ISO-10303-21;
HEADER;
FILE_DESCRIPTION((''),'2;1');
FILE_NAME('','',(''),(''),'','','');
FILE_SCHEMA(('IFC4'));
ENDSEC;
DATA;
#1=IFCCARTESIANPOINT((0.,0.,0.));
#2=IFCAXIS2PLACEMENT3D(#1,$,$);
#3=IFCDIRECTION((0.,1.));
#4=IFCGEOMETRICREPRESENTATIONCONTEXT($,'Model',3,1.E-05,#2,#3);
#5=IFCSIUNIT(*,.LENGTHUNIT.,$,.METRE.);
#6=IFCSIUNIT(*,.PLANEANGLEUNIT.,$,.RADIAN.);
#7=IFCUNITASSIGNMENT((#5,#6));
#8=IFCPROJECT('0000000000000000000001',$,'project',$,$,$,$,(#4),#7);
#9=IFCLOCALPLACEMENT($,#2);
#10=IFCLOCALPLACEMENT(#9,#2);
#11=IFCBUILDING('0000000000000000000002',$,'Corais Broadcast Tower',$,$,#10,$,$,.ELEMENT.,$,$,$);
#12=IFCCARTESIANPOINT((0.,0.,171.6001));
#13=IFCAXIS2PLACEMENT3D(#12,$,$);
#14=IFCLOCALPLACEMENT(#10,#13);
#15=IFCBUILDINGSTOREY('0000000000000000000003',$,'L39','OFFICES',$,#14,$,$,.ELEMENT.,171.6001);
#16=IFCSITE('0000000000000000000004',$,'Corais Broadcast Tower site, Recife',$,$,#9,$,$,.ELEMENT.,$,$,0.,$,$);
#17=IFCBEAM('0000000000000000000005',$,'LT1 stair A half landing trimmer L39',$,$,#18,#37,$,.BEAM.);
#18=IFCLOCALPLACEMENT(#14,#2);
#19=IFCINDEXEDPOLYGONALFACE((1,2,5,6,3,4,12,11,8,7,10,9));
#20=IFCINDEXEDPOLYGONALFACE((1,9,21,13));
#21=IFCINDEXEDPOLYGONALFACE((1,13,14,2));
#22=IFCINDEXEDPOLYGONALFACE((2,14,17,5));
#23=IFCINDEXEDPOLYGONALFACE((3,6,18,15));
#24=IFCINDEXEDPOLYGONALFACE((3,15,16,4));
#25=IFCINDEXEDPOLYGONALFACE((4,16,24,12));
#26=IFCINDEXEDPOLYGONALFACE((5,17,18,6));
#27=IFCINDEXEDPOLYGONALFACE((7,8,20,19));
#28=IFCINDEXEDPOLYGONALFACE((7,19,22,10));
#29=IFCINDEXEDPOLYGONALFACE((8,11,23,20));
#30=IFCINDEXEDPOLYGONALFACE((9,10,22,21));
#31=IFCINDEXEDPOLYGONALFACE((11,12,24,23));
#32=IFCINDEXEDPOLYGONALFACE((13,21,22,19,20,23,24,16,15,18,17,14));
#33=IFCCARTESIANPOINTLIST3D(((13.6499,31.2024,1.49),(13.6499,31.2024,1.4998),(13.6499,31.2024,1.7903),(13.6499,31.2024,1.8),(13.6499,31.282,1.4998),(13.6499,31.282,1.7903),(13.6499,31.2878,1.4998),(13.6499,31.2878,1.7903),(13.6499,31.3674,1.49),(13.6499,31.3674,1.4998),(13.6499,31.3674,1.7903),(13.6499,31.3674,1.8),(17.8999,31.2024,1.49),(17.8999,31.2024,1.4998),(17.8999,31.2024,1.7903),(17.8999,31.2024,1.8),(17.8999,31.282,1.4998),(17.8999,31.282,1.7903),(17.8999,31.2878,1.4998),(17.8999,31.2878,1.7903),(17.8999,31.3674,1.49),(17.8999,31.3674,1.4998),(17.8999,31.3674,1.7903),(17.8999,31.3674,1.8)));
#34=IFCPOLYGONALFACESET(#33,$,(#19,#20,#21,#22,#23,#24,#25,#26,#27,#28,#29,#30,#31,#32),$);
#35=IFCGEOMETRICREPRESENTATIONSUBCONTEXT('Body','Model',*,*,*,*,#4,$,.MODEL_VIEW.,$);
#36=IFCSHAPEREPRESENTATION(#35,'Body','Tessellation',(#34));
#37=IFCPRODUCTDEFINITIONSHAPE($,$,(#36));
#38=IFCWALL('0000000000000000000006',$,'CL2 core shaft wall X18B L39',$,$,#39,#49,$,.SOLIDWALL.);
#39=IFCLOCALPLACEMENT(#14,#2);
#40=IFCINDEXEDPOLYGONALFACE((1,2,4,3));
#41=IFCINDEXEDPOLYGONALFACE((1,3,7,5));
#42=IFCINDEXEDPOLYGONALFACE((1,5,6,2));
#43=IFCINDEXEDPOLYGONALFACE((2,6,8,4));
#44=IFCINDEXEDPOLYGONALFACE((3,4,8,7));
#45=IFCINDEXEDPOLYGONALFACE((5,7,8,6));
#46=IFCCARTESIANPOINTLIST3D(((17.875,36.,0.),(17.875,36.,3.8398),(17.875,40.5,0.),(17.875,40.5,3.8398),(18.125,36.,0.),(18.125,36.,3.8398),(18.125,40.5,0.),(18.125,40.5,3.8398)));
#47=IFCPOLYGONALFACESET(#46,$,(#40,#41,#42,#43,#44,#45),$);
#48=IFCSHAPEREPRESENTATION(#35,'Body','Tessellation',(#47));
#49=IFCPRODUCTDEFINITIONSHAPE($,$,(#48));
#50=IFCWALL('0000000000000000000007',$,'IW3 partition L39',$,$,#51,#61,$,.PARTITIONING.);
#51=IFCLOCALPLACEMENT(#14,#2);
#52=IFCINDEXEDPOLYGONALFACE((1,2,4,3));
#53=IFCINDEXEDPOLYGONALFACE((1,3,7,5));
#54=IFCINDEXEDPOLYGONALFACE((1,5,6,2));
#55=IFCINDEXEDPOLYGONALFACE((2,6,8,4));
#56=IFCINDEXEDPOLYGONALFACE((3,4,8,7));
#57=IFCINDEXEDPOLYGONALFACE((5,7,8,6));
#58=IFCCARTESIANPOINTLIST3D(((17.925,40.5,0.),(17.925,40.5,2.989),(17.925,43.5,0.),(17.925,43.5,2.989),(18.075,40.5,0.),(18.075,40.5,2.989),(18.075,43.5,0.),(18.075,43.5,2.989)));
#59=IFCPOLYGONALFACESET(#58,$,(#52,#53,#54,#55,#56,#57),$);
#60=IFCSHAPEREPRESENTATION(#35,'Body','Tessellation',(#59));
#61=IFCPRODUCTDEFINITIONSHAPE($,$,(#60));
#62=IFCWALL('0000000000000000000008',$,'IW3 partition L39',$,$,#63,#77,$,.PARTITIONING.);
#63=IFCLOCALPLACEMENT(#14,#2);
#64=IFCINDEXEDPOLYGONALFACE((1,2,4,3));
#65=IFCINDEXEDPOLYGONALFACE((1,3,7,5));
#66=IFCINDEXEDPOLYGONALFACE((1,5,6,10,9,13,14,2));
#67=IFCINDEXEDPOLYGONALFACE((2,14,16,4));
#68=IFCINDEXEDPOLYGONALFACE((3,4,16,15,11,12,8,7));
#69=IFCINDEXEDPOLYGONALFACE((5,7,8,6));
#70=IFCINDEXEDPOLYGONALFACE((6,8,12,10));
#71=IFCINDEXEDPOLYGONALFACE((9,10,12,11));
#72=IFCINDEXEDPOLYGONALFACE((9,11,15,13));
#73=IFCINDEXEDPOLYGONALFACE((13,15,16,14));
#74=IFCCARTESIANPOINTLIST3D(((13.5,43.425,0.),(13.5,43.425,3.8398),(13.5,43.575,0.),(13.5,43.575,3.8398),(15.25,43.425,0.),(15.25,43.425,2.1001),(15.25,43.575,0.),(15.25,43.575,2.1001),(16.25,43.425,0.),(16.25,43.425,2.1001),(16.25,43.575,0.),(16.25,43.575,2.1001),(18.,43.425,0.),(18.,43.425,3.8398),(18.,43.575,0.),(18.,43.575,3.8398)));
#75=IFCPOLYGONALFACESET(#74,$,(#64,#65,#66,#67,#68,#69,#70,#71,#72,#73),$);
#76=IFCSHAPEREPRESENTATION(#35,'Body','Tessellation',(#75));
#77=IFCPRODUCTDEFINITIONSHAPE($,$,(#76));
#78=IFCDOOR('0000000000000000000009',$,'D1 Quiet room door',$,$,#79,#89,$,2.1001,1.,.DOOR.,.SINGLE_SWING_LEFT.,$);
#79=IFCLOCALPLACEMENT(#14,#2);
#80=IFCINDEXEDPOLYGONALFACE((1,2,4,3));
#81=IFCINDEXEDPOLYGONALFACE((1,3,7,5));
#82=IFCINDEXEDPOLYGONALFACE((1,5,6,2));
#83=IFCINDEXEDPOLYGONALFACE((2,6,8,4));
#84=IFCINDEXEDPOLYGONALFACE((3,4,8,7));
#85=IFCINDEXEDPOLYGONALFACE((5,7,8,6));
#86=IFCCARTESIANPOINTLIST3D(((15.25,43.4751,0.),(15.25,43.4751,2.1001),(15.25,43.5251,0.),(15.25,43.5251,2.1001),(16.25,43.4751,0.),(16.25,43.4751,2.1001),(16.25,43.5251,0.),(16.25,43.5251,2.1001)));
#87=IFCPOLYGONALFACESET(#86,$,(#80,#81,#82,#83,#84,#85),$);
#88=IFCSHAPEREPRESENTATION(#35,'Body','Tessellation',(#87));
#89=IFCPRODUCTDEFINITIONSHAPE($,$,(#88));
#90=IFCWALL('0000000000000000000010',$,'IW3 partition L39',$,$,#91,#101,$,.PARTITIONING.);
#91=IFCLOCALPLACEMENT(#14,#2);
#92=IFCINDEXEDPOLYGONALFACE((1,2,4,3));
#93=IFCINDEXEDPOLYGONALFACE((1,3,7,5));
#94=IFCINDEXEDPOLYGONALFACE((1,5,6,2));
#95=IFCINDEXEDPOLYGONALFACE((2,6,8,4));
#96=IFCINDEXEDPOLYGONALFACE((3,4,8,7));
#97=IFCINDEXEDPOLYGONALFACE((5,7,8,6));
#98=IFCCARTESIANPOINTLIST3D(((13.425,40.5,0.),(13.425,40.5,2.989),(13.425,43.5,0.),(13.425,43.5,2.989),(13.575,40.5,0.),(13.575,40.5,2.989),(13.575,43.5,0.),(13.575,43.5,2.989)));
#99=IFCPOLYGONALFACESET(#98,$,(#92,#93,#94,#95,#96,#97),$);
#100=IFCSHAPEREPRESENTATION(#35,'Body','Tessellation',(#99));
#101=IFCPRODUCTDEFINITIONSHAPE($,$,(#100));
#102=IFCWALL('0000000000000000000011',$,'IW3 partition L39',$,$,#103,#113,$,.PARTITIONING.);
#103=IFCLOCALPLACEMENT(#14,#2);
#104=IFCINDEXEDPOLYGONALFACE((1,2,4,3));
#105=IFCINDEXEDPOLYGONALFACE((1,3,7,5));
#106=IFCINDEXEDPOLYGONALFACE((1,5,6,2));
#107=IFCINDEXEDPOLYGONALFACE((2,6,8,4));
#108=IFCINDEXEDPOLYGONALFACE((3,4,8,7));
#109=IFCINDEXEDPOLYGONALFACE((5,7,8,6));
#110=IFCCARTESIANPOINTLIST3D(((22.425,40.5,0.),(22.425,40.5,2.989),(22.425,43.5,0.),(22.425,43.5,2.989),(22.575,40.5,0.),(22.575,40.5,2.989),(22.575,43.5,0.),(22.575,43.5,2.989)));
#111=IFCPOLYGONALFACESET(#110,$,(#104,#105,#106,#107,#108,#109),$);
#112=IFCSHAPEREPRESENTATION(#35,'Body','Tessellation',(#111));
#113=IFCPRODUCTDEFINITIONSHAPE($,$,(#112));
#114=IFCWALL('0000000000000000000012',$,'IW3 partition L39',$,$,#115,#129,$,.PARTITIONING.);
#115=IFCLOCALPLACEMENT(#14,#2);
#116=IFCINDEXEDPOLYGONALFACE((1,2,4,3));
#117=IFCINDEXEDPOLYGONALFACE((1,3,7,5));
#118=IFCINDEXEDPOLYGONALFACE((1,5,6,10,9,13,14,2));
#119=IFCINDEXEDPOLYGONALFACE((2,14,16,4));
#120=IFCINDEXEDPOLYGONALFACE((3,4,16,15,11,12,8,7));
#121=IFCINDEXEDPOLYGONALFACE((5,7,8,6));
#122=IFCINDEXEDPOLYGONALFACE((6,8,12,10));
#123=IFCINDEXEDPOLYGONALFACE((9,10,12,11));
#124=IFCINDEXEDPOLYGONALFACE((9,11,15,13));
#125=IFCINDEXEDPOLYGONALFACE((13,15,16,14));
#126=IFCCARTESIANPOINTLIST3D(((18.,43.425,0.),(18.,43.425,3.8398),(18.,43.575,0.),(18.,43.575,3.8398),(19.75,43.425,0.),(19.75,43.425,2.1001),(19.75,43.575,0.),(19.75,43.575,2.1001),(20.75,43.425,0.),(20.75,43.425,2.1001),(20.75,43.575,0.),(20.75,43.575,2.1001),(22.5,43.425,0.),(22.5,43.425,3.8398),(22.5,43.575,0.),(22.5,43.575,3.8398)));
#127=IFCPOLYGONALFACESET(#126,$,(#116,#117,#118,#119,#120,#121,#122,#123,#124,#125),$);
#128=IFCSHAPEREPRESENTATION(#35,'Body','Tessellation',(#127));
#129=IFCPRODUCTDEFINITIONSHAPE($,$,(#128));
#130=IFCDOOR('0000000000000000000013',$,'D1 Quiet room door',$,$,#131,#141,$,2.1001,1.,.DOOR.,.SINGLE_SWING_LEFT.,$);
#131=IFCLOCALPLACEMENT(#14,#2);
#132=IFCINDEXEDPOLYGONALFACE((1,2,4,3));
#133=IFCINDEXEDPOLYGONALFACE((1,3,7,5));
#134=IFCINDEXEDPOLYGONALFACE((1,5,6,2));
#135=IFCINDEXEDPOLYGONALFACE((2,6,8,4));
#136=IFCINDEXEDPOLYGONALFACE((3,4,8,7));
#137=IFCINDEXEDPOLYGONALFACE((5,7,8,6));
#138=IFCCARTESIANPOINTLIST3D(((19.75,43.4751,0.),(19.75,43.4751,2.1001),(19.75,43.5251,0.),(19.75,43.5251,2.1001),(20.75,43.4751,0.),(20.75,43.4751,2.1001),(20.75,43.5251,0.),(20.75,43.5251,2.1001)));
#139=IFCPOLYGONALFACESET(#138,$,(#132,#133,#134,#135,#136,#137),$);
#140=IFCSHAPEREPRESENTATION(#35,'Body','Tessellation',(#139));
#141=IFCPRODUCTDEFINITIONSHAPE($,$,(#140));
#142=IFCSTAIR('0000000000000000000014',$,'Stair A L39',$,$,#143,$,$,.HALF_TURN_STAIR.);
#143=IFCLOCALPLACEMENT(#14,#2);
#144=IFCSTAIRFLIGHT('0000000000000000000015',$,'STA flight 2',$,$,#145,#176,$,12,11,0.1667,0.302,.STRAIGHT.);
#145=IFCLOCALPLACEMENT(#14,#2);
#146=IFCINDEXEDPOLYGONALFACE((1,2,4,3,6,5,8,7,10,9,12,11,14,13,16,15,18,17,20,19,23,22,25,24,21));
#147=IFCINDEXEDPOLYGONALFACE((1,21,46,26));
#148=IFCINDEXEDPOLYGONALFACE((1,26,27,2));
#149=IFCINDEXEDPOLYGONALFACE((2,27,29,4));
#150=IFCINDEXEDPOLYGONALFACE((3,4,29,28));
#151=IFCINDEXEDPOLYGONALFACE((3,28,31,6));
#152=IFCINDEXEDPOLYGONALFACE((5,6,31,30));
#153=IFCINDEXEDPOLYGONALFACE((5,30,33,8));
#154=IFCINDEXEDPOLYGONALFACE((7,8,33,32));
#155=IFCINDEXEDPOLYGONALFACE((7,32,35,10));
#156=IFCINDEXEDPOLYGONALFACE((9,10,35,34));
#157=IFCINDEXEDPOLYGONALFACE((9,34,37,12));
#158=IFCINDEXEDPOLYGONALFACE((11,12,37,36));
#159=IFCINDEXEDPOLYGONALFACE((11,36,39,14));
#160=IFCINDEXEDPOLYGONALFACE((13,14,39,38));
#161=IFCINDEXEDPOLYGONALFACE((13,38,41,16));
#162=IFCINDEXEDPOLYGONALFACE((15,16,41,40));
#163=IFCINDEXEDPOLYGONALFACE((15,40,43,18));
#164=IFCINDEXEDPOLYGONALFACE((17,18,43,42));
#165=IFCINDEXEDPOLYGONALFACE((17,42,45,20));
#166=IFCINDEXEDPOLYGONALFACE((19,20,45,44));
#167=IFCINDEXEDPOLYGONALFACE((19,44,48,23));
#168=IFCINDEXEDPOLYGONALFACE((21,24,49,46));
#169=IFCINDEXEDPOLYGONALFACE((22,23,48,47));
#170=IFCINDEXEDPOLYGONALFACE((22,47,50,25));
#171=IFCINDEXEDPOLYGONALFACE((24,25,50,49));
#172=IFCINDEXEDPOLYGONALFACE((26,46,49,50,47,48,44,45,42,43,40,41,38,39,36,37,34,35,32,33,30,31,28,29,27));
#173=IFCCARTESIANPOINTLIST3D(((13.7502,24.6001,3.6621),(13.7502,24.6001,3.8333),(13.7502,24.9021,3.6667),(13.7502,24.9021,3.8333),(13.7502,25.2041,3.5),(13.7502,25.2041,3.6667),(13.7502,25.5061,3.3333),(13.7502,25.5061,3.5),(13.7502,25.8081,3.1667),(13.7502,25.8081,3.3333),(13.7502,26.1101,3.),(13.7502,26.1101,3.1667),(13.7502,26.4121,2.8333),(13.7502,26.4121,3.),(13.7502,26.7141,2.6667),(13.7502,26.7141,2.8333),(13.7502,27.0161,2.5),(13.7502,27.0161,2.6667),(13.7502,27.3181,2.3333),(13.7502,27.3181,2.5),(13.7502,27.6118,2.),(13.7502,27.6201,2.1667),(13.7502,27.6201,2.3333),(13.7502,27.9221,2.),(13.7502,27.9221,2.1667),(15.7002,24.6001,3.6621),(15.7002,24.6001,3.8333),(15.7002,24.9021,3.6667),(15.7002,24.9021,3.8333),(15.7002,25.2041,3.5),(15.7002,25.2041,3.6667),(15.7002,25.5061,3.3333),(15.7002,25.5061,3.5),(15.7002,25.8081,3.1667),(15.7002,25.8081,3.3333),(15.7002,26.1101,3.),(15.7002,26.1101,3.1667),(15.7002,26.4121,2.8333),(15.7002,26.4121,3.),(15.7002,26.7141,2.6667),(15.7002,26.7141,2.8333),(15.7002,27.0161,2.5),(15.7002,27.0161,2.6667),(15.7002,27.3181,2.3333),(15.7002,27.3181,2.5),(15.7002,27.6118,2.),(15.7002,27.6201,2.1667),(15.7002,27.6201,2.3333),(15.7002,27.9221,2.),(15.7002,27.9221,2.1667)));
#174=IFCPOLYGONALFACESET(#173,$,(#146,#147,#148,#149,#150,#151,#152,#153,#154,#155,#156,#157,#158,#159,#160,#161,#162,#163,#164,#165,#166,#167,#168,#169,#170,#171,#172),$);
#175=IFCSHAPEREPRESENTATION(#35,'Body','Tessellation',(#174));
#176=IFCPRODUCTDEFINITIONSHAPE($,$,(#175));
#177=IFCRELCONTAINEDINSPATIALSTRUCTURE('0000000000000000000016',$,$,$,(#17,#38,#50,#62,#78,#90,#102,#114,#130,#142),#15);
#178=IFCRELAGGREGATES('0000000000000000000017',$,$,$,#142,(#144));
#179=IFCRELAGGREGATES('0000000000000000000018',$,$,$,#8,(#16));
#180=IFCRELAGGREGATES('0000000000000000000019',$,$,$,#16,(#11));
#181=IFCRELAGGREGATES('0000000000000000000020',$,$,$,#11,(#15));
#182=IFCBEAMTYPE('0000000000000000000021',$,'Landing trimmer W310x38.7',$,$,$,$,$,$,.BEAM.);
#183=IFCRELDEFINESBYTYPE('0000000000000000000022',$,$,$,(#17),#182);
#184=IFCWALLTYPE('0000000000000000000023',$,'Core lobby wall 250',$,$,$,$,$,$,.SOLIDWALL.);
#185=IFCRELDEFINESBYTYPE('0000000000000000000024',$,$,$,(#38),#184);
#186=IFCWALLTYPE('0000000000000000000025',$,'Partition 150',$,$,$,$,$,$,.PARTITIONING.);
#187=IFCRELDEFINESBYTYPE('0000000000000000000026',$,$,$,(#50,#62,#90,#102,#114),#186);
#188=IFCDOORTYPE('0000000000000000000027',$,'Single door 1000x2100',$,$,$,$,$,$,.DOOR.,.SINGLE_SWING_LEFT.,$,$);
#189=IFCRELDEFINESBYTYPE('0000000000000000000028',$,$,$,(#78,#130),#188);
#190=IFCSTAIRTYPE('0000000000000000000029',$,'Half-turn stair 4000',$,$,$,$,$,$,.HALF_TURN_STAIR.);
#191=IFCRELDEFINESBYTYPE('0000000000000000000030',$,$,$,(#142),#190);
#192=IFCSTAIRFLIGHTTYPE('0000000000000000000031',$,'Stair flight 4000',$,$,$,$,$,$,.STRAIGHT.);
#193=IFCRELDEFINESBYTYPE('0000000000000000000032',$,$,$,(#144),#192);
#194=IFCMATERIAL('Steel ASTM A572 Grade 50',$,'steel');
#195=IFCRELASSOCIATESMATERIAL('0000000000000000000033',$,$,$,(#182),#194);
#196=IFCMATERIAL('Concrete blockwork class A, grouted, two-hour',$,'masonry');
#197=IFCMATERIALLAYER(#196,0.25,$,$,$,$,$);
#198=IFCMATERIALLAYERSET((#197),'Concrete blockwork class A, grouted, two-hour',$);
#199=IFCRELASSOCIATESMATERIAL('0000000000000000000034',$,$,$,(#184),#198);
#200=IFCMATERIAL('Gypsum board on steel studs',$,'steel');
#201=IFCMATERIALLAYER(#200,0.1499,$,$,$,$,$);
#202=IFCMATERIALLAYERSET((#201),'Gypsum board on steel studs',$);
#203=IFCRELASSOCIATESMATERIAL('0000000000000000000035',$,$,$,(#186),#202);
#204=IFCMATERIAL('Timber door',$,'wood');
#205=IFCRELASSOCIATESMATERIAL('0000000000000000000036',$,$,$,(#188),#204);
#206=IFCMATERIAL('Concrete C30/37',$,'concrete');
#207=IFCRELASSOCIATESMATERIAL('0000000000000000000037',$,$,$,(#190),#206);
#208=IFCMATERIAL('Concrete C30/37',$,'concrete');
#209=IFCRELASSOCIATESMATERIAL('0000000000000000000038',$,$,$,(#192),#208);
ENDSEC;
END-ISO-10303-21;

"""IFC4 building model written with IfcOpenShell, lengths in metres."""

from ifc_helpers import new_model, si_unit, direction, frame, frame_2d, origin, origin_2d, place, context, subcontext, project, spatial, polyline, rectangle, i_section, outline, extrude, material, layer, layer_set, material_profile, profile_set, type_object, element, fill, aggregate, save


model = new_model("IFC4")

# Units and contexts
model_context = context("Model", 3, precision=1e-05, world=origin(), true_north=direction((0.0, 1.0)))
body_context = subcontext(model_context, "Body", "Model", "MODEL_VIEW")
ifc_project = project(units=[si_unit("LENGTHUNIT", "METRE"), si_unit("PLANEANGLEUNIT", "RADIAN")], contexts=[model_context])

# Site, building, storey
site_placement = place(None, origin())
site = spatial("IfcSite", under=ifc_project, at=site_placement, Name="Corais Broadcast Tower site, Recife", CompositionType="ELEMENT", RefElevation=0.0)
building_placement = place(site_placement, origin())
building = spatial("IfcBuilding", under=site, at=building_placement, Name="Corais Broadcast Tower", CompositionType="ELEMENT")
storey_placement = place(building_placement, frame((0.0, 0.0, 171.6001)))
storey = spatial("IfcBuildingStorey", under=building, at=storey_placement, Name="L39", Description="OFFICES", CompositionType="ELEMENT", Elevation=171.6001)

# Beam
ifc_material_1 = material(Name="Steel ASTM A572 Grade 50", Category="steel")
ifc_material_profile = material_profile(ifc_material_1, i_section(OverallWidth=0.165, OverallDepth=0.3101, WebThickness=0.0059, FlangeThickness=0.0098, at=origin_2d()), Name="W310x38.7")
ifc_profile_set = profile_set([ifc_material_profile], Name="Steel ASTM A572 Grade 50")
beam_type = type_object("IfcBeamType", Name="Landing trimmer W310x38.7", PredefinedType="BEAM", material=ifc_profile_set)
beam_placement = place(storey_placement, frame((13.6499, 31.2849, 1.645), z_axis=(1.0, 0.0, 0.0), x_axis=(0.0, 1.0, 0.0)))
element("IfcBeam", 1, at=beam_placement, inside=storey, type_object=beam_type, Name="LT1 stair A half landing trimmer L39", PredefinedType="BEAM", context=body_context, shape_type="SweptSolid", body=[
    extrude(i_section(OverallWidth=0.165, OverallDepth=0.3101, WebThickness=0.0059, FlangeThickness=0.0098, at=origin_2d()), origin(), (0.0, 0.0, 1.0), 4.25),
])

# Walls
ifc_material_2 = material(Name="Concrete blockwork class A, grouted, two-hour", Category="masonry")
ifc_layer_1 = layer(ifc_material_2, 0.25)
ifc_layer_set_1 = layer_set([ifc_layer_1], Name="Concrete blockwork class A, grouted, two-hour")
wall_type_1 = type_object("IfcWallType", Name="Core lobby wall 250", PredefinedType="SOLIDWALL", material=ifc_layer_set_1)
wall_1_placement = place(storey_placement, frame((18.0, 36.0, 0.0), z_axis=(0.0, 0.0, 1.0), x_axis=(0.0, 1.0, 0.0)))
element("IfcWall", 2, at=wall_1_placement, inside=storey, type_object=wall_type_1, Name="CL2 core shaft wall X18B L39", PredefinedType="SOLIDWALL", context=body_context, shape_type="SweptSolid", body=[
    extrude(rectangle(XDim=4.5, YDim=0.25, at=frame_2d((2.25, 0.0))), origin(), (0.0, 0.0, 1.0), 3.8398),
])
ifc_material_3 = material(Name="Gypsum board on steel studs", Category="steel")
ifc_layer_2 = layer(ifc_material_3, 0.1499)
ifc_layer_set_2 = layer_set([ifc_layer_2], Name="Gypsum board on steel studs")
wall_type_2 = type_object("IfcWallType", Name="Partition 150", PredefinedType="PARTITIONING", material=ifc_layer_set_2)
wall_2_placement = place(storey_placement, frame((18.0, 40.5, 0.0), z_axis=(0.0, 0.0, 1.0), x_axis=(0.0, 1.0, 0.0)))
element("IfcWall", 3, at=wall_2_placement, inside=storey, type_object=wall_type_2, Name="IW3 partition L39", PredefinedType="PARTITIONING", context=body_context, shape_type="SweptSolid", body=[
    extrude(rectangle(XDim=3.0, YDim=0.1499, at=frame_2d((1.5, 0.0))), origin(), (0.0, 0.0, 1.0), 2.989),
])

# Wall, opening, door
wall_3_placement = place(storey_placement, frame((18.0, 43.5, 0.0), z_axis=(0.0, 0.0, 1.0), x_axis=(-1.0, 0.0, 0.0)))
wall_3 = element("IfcWall", 4, at=wall_3_placement, inside=storey, type_object=wall_type_2, Name="IW3 partition L39", PredefinedType="PARTITIONING", context=body_context, shape_type="SweptSolid", body=[
    extrude(rectangle(XDim=4.5, YDim=0.1499, at=frame_2d((2.25, 0.0))), origin(), (0.0, 0.0, 1.0), 3.8398),
])
opening_1_placement = place(wall_3_placement, frame((1.75, 0.0, 0.0)))
opening_1 = element("IfcOpeningElement", 5, at=opening_1_placement, cuts=wall_3, PredefinedType="OPENING", context=body_context, shape_type="SweptSolid", body=[
    extrude(rectangle(XDim=1.0, YDim=2.1001, at=frame_2d((0.5, 1.05))), frame((0.0, 0.085, 0.0), z_axis=(0.0, -1.0, 0.0), x_axis=(1.0, 0.0, 0.0)), (0.0, 0.0, 1.0), 0.1699),
])
ifc_material_4 = material(Name="Timber door", Category="wood")
door_type = type_object("IfcDoorType", Name="Single door 1000x2100", OperationType="SINGLE_SWING_LEFT", PredefinedType="DOOR", material=ifc_material_4)
door_1_placement = place(opening_1_placement, origin())
door_1 = element("IfcDoor", 6, at=door_1_placement, inside=storey, type_object=door_type, Name="D1 Quiet room door", OperationType="SINGLE_SWING_LEFT", OverallHeight=2.1001, OverallWidth=1.0, PredefinedType="DOOR", context=body_context, shape_type="SweptSolid", body=[
    extrude(rectangle(XDim=1.0, YDim=2.1001, at=frame_2d((0.5, 1.05))), frame((0.0, 0.0249, 0.0), z_axis=(0.0, -1.0, 0.0), x_axis=(1.0, 0.0, 0.0)), (0.0, 0.0, 1.0), 0.05),
])
fill(opening_1, door_1)

# Walls
for number, where, z_axis, x_axis, name in (
    (7, (13.5, 43.5, 0.0), (0.0, 0.0, 1.0), (0.0, -1.0, 0.0), "IW3 partition L39"),
    (8, (22.5, 40.5, 0.0), (0.0, 0.0, 1.0), (0.0, 1.0, 0.0), "IW3 partition L39"),
):
    element("IfcWall", number, at=place(storey_placement, frame(where, z_axis=z_axis, x_axis=x_axis)), inside=storey, type_object=wall_type_2, Name=name, PredefinedType="PARTITIONING", context=body_context, shape_type="SweptSolid", body=[
        extrude(rectangle(XDim=3.0, YDim=0.1499, at=frame_2d((1.5, 0.0))), origin(), (0.0, 0.0, 1.0), 2.989),
    ])

# Wall, opening, door
wall_4_placement = place(storey_placement, frame((22.5, 43.5, 0.0), z_axis=(0.0, 0.0, 1.0), x_axis=(-1.0, 0.0, 0.0)))
wall_4 = element("IfcWall", 9, at=wall_4_placement, inside=storey, type_object=wall_type_2, Name="IW3 partition L39", PredefinedType="PARTITIONING", context=body_context, shape_type="SweptSolid", body=[
    extrude(rectangle(XDim=4.5, YDim=0.1499, at=frame_2d((2.25, 0.0))), origin(), (0.0, 0.0, 1.0), 3.8398),
])
opening_2_placement = place(wall_4_placement, frame((1.75, 0.0, 0.0)))
opening_2 = element("IfcOpeningElement", 10, at=opening_2_placement, cuts=wall_4, PredefinedType="OPENING", context=body_context, shape_type="SweptSolid", body=[
    extrude(rectangle(XDim=1.0, YDim=2.1001, at=frame_2d((0.5, 1.05))), frame((0.0, 0.085, 0.0), z_axis=(0.0, -1.0, 0.0), x_axis=(1.0, 0.0, 0.0)), (0.0, 0.0, 1.0), 0.1699),
])
door_2_placement = place(opening_2_placement, origin())
door_2 = element("IfcDoor", 11, at=door_2_placement, inside=storey, type_object=door_type, Name="D1 Quiet room door", OperationType="SINGLE_SWING_LEFT", OverallHeight=2.1001, OverallWidth=1.0, PredefinedType="DOOR", context=body_context, shape_type="SweptSolid", body=[
    extrude(rectangle(XDim=1.0, YDim=2.1001, at=frame_2d((0.5, 1.05))), frame((0.0, 0.0249, 0.0), z_axis=(0.0, -1.0, 0.0), x_axis=(1.0, 0.0, 0.0)), (0.0, 0.0, 1.0), 0.05),
])
fill(opening_2, door_2)

# Stair, stair flight
ifc_material_5 = material(Name="Concrete C30/37", Category="concrete")
stair_type = type_object("IfcStairType", Name="Half-turn stair 4000", PredefinedType="HALF_TURN_STAIR", material=ifc_material_5)
stair_placement = place(storey_placement, origin())
stair = element("IfcStair", 12, at=stair_placement, inside=storey, type_object=stair_type, Name="Stair A L39", PredefinedType="HALF_TURN_STAIR")
ifc_material_6 = material(Name="Concrete C30/37", Category="concrete")
stair_flight_type = type_object("IfcStairFlightType", Name="Stair flight 4000", PredefinedType="STRAIGHT", material=ifc_material_6)
stair_flight_placement = place(storey_placement, frame((14.7251, 27.9221, 2.0), z_axis=(0.0, 0.0, 1.0), x_axis=(0.0, -1.0, 0.0)))
stair_flight = element("IfcStairFlight", 13, at=stair_flight_placement, type_object=stair_flight_type, Name="STA flight 2", NumberOfRisers=12, NumberOfTreads=11, PredefinedType="STRAIGHT", RiserHeight=0.1667, TreadLength=0.302, context=body_context, shape_type="SweptSolid", body=[
    extrude(outline(polyline([(0.0, 0.0), (0.0, 0.1667), (0.302, 0.1667), (0.302, 0.3333), (0.604, 0.3333), (0.604, 0.5), (0.906, 0.5), (0.906, 0.6667), (1.208, 0.6667), (1.208, 0.8333), (1.51, 0.8333), (1.51, 1.0), (1.812, 1.0), (1.812, 1.1667), (2.114, 1.1667), (2.114, 1.3333), (2.416, 1.3333), (2.416, 1.5), (2.718, 1.5), (2.718, 1.6667), (3.02, 1.6667), (3.02, 1.8333), (3.322, 1.8333), (3.322, 2.0), (3.322, 1.6621), (0.3103, 0.0), (0.0, 0.0)])), frame((0.0, 0.9751, 0.0), z_axis=(0.0, -1.0, 0.0), x_axis=(1.0, 0.0, 0.0)), (0.0, 0.0, 1.0), 1.95),
])
aggregate(stair, [stair_flight])

save(model, "model.ifc")
